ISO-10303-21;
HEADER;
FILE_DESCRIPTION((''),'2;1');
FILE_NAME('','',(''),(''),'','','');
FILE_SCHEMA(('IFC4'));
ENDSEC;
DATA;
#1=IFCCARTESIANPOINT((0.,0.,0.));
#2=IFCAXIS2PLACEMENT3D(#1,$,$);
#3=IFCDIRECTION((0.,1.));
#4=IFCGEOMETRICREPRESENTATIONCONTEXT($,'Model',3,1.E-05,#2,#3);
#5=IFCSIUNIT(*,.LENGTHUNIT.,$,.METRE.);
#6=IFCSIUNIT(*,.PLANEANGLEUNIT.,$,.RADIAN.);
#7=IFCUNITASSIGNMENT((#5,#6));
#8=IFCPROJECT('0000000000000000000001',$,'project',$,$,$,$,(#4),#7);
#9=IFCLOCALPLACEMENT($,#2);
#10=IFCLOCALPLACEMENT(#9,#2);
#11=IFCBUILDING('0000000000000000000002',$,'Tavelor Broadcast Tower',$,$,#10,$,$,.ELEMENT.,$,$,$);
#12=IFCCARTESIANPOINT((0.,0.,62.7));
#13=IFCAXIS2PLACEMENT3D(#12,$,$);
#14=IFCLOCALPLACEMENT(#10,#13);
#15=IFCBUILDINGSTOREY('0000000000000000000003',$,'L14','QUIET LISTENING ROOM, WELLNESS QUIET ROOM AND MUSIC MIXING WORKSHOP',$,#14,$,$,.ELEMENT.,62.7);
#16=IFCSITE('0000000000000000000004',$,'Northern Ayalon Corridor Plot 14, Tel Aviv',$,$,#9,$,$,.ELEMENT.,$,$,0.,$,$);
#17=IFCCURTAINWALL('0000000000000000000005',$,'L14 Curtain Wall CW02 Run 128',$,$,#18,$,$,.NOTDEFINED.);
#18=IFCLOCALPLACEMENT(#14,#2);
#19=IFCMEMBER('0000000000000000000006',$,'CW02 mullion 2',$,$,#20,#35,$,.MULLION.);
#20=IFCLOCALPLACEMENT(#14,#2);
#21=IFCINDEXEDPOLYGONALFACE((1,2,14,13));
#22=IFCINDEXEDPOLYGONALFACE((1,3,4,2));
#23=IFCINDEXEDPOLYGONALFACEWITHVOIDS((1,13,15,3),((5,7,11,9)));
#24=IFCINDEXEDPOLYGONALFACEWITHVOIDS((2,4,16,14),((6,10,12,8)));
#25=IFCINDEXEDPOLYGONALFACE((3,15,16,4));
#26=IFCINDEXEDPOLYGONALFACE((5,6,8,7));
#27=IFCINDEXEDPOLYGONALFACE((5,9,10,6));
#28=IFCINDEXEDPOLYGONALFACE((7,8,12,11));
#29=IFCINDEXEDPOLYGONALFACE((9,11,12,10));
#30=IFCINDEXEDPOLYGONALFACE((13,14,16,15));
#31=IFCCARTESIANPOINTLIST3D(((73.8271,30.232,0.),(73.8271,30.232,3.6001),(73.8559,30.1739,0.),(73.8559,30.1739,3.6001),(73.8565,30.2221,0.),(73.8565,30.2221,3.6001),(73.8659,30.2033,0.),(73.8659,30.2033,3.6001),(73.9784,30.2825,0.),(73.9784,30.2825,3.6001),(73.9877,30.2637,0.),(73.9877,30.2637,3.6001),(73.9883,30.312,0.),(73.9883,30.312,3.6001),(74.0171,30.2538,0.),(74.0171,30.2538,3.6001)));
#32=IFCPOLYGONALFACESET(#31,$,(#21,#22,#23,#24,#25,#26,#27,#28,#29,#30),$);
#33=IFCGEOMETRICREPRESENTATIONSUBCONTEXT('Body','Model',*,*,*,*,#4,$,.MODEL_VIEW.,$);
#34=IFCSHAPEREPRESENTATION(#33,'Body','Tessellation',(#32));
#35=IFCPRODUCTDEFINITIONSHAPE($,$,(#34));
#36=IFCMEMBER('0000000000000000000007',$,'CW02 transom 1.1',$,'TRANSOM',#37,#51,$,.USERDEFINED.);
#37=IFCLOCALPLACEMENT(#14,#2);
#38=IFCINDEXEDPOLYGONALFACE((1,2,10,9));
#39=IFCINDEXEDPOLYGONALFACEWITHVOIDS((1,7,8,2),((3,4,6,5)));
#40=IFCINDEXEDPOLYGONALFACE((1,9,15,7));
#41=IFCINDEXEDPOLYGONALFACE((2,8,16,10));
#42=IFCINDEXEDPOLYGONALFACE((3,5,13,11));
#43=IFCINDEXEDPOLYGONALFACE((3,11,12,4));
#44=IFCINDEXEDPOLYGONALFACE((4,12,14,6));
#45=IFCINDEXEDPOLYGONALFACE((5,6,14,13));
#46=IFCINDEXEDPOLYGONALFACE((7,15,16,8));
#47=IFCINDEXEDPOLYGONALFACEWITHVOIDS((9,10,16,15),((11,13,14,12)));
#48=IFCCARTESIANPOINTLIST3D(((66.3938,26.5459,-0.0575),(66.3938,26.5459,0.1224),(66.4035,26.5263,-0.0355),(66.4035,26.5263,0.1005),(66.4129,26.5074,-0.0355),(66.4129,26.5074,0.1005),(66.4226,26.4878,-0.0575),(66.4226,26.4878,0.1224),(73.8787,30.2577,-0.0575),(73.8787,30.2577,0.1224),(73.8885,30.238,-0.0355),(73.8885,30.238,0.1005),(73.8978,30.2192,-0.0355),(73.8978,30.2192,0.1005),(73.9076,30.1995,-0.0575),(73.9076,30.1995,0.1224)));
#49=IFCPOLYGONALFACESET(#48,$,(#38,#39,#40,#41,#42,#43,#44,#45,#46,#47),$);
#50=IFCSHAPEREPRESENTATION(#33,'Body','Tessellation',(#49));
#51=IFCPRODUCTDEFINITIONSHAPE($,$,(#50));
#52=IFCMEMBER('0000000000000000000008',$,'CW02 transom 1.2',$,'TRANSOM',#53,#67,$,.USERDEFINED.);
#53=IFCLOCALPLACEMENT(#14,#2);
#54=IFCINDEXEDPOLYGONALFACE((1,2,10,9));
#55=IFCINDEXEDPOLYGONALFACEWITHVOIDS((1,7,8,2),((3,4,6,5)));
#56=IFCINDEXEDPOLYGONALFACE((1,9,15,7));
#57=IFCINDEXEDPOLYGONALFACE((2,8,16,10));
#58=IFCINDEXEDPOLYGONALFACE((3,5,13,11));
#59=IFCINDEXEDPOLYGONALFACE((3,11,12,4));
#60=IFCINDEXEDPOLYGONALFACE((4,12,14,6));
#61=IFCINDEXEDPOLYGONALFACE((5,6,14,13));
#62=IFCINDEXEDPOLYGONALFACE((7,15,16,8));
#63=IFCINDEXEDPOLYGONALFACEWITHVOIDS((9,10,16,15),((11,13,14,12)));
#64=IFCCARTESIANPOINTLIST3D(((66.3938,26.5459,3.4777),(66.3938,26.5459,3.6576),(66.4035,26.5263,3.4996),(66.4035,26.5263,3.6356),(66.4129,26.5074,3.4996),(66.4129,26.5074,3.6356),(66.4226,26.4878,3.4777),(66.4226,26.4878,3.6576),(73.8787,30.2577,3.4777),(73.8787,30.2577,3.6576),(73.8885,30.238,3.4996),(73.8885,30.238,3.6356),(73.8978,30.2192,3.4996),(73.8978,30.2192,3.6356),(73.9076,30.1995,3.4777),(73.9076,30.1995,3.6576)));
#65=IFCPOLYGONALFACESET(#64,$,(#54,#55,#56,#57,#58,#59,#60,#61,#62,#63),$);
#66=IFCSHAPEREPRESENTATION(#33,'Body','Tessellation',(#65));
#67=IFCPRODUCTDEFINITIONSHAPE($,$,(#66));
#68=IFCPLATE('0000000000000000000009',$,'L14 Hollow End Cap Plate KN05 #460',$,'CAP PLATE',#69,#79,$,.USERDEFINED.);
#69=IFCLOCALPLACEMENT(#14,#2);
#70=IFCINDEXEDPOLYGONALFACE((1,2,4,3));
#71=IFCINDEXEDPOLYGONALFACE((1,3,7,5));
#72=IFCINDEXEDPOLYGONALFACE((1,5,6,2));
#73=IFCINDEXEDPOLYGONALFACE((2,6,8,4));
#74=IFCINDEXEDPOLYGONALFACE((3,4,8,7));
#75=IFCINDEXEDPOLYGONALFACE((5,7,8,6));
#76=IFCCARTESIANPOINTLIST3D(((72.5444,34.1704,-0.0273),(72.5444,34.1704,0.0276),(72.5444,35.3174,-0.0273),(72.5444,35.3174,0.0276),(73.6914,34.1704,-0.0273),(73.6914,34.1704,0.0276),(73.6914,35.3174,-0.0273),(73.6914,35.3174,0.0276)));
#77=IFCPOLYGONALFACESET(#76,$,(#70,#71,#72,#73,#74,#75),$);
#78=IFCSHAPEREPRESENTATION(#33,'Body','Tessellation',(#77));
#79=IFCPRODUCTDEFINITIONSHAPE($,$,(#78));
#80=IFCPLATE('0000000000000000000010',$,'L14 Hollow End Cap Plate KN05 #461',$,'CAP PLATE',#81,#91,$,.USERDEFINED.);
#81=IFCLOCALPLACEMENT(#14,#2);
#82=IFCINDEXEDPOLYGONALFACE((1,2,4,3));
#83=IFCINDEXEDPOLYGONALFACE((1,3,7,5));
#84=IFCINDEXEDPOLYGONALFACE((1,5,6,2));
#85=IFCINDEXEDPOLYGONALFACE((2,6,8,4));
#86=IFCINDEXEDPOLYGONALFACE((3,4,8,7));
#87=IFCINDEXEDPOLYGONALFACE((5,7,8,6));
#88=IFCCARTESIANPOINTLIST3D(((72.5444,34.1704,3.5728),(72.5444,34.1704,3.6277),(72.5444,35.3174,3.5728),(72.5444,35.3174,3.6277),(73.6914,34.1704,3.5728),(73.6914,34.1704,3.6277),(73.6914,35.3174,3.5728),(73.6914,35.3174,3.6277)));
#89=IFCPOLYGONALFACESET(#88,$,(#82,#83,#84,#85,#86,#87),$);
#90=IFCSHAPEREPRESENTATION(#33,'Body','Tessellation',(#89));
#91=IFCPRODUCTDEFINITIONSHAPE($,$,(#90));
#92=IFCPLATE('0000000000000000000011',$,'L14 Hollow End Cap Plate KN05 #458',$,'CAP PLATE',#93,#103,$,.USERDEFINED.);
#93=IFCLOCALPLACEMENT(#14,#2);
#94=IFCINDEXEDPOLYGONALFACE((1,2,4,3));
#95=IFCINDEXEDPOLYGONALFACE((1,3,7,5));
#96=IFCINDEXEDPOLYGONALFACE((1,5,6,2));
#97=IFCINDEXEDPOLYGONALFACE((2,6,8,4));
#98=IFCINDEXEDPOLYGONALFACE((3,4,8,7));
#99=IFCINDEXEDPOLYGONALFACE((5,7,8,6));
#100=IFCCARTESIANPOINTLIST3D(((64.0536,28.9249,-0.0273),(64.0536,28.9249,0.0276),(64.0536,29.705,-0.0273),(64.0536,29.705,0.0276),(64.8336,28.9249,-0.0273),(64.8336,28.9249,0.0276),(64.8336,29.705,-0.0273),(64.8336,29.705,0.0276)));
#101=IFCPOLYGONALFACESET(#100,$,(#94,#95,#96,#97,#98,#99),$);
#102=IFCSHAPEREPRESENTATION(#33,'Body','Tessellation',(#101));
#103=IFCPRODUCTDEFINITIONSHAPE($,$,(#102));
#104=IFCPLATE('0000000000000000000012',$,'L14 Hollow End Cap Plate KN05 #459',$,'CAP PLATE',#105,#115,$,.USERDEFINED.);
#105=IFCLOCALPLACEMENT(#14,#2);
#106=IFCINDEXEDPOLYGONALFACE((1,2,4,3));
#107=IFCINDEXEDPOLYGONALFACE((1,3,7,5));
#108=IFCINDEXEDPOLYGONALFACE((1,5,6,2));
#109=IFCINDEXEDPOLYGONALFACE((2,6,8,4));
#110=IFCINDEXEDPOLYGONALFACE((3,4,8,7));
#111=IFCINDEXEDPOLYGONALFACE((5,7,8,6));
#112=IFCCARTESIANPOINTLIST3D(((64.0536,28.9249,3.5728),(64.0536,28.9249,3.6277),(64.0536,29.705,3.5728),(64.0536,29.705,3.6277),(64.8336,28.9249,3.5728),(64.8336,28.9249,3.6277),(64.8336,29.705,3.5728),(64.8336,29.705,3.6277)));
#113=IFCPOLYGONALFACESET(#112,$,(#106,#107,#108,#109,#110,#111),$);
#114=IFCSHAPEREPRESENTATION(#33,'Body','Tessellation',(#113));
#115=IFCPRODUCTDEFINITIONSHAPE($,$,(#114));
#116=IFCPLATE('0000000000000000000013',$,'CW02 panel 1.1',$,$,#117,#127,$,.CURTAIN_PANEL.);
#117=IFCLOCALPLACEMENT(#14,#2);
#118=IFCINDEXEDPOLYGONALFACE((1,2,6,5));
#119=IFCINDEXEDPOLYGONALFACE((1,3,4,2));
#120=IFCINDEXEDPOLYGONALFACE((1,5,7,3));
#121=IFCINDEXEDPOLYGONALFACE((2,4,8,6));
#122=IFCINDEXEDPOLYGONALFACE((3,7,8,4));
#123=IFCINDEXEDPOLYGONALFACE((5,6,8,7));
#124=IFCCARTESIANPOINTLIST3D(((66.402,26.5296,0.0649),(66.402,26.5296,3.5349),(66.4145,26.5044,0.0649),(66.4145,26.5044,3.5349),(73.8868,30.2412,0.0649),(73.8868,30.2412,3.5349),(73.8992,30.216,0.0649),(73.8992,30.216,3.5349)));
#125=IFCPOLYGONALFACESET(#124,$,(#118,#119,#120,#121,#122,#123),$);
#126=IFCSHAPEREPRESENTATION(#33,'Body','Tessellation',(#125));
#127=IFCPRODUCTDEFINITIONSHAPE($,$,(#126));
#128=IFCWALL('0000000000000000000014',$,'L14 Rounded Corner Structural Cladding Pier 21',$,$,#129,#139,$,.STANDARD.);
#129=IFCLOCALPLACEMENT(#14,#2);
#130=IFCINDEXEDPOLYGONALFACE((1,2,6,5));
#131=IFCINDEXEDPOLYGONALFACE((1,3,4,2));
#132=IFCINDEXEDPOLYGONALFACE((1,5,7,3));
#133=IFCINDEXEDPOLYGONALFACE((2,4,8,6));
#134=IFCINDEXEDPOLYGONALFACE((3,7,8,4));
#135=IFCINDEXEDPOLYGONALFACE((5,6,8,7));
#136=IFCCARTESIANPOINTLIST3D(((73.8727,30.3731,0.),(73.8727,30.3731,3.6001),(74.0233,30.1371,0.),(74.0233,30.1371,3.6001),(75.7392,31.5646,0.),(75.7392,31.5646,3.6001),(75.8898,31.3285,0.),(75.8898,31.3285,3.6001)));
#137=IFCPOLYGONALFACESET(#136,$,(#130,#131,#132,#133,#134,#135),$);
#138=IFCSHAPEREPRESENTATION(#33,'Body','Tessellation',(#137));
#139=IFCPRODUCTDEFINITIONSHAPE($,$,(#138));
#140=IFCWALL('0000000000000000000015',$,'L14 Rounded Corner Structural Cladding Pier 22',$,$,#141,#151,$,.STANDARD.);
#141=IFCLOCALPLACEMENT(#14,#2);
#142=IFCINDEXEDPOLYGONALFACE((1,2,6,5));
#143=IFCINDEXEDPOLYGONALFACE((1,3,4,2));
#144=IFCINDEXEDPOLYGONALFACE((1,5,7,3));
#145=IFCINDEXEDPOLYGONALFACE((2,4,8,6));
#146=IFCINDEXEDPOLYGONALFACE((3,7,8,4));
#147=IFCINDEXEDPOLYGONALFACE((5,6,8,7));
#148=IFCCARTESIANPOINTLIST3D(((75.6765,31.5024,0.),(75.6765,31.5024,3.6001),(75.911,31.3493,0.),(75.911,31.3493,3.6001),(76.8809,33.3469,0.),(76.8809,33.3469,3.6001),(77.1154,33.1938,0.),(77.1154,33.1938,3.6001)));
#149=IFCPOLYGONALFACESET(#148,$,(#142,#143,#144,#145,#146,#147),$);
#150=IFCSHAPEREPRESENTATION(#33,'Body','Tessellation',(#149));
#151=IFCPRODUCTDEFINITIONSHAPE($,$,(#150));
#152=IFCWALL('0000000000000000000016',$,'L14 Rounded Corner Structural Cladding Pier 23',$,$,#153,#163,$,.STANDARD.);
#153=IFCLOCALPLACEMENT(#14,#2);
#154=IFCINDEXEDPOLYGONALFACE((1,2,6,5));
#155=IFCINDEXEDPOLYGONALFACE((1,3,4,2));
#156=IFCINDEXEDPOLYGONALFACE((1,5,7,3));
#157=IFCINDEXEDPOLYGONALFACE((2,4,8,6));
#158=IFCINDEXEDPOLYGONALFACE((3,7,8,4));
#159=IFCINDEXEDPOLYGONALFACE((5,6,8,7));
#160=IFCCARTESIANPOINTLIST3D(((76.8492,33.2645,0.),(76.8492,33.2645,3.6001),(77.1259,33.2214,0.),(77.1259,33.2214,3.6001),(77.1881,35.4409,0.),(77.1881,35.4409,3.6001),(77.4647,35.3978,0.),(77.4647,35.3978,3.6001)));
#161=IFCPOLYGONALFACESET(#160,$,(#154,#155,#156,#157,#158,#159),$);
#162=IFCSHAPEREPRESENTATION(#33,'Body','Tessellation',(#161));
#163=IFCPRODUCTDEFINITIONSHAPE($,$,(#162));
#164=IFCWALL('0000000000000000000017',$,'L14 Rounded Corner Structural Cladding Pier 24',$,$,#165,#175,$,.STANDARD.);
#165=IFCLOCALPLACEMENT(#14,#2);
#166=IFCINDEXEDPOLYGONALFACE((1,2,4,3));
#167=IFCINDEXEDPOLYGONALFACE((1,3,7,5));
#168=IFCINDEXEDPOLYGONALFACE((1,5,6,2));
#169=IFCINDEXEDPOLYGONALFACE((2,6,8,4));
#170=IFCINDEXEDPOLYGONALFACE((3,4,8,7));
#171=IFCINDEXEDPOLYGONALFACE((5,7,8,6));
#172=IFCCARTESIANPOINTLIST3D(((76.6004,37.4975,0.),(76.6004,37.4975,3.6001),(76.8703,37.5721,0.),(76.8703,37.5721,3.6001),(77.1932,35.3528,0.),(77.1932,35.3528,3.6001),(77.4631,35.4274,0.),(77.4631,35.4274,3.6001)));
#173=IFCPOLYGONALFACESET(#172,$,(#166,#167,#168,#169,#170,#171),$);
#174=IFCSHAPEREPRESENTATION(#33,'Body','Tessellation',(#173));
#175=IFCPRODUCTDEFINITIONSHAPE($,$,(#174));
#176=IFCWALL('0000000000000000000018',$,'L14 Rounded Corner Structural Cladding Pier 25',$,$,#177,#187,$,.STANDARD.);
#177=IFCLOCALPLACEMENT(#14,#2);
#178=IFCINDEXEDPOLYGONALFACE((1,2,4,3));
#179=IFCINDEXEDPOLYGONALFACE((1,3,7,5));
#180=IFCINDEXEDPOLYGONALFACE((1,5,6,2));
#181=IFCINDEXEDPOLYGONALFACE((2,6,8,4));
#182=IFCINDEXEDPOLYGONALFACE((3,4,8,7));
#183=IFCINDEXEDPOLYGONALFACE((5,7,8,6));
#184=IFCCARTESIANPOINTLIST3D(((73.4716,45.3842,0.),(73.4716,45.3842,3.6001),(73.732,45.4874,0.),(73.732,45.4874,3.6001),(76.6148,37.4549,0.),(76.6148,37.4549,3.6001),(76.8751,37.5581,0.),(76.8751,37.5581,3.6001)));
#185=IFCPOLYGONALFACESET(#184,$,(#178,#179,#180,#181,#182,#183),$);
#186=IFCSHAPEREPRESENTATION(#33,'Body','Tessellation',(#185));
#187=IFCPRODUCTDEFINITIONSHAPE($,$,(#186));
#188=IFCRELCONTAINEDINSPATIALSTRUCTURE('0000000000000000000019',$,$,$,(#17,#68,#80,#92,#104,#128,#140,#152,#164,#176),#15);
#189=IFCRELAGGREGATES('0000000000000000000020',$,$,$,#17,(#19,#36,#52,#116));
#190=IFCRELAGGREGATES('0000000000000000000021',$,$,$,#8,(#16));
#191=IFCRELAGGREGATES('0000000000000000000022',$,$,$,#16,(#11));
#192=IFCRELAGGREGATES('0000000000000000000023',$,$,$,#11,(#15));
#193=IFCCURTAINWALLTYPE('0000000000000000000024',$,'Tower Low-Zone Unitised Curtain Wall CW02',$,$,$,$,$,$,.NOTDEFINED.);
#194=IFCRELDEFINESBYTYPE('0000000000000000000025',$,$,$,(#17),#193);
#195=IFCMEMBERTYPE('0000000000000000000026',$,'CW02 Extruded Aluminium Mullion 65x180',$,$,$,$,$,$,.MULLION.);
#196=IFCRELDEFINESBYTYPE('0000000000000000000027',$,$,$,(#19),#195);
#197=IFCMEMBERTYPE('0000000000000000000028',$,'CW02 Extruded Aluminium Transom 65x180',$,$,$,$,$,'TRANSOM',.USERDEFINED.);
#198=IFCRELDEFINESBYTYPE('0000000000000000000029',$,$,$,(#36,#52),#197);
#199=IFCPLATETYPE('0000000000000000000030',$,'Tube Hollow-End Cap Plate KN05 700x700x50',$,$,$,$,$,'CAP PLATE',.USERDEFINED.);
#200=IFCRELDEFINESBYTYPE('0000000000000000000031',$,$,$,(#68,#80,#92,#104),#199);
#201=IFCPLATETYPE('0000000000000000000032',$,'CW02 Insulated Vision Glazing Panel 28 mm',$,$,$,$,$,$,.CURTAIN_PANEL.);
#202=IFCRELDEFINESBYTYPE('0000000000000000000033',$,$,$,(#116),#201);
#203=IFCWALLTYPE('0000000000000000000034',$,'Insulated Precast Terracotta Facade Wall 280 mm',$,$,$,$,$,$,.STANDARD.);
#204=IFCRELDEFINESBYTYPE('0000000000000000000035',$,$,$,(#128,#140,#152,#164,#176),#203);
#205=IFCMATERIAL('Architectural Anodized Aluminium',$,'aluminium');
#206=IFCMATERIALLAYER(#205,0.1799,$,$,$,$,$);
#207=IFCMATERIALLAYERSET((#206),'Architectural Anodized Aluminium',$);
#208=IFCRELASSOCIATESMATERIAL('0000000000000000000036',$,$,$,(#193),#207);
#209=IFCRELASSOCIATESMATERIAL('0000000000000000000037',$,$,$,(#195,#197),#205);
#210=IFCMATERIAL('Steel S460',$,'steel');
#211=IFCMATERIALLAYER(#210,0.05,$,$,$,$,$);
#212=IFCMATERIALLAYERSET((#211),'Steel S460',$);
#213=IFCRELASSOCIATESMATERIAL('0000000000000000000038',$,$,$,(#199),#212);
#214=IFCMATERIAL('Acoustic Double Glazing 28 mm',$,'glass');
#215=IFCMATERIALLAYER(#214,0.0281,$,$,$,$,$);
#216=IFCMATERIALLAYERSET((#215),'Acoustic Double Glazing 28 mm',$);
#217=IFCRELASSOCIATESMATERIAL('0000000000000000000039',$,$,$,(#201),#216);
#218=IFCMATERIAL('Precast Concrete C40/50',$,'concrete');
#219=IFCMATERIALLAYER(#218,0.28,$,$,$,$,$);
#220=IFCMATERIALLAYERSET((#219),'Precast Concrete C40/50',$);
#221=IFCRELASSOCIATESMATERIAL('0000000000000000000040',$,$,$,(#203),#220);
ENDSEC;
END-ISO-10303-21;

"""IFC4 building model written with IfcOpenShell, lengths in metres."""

from ifc_helpers import new_model, si_unit, direction, frame, frame_2d, origin, origin_2d, place, context, subcontext, project, spatial, rectangle, hollow_rectangle, extrude, source, transform, mapped, material, layer, layer_set, material_profile, profile_set, type_object, type_shapes, element, aggregate, save


model = new_model("IFC4")

# Units and contexts
model_context = context("Model", 3, precision=1e-05, world=origin(), true_north=direction((0.0, 1.0)))
body_context = subcontext(model_context, "Body", "Model", "MODEL_VIEW")
ifc_project = project(units=[si_unit("LENGTHUNIT", "METRE"), si_unit("PLANEANGLEUNIT", "RADIAN")], contexts=[model_context])

# Site, building, storey
site_placement = place(None, origin())
site = spatial("IfcSite", under=ifc_project, at=site_placement, Name="Northern Ayalon Corridor Plot 14, Tel Aviv", CompositionType="ELEMENT", RefElevation=0.0)
building_placement = place(site_placement, origin())
building = spatial("IfcBuilding", under=site, at=building_placement, Name="Tavelor Broadcast Tower", CompositionType="ELEMENT")
storey_placement = place(building_placement, frame((0.0, 0.0, 62.7)))
storey = spatial("IfcBuildingStorey", under=building, at=storey_placement, Name="L14", Description="QUIET LISTENING ROOM, WELLNESS QUIET ROOM AND MUSIC MIXING WORKSHOP", CompositionType="ELEMENT", Elevation=62.7)

# Shared definitions
ifc_material_1 = material(Name="Steel S460", Category="steel")

# Shared definitions
ifc_material_2 = material(Name="Architectural Anodized Aluminium", Category="aluminium")
ifc_layer_1 = layer(ifc_material_2, 0.1799)
ifc_layer_set_1 = layer_set([ifc_layer_1], Name="Architectural Anodized Aluminium")
curtain_wall_type = type_object("IfcCurtainWallType", Name="Tower Low-Zone Unitised Curtain Wall CW02", PredefinedType="NOTDEFINED", material=ifc_layer_set_1)
ifc_material_profile_1 = material_profile(ifc_material_2, hollow_rectangle(XDim=0.0649, YDim=0.1799, WallThickness=0.022, at=origin_2d()), Name="RHS 65x180x22")
ifc_profile_set_1 = profile_set([ifc_material_profile_1], Name="Architectural Anodized Aluminium")
member_type_1 = type_object("IfcMemberType", Name="CW02 Extruded Aluminium Mullion 65x180", PredefinedType="MULLION", material=ifc_profile_set_1)
shared_shape_1 = source(origin(), body_context, "Body", "SweptSolid", [
    extrude(hollow_rectangle(XDim=0.0649, YDim=0.1799, WallThickness=0.022, at=origin_2d()), origin(), (0.0, 0.0, 1.0), 3.6001),
])
type_shapes(member_type_1, [shared_shape_1])

# Curtain wall, members
curtain_wall_1_placement = place(storey_placement, origin())
curtain_wall_1 = element("IfcCurtainWall", 1, at=curtain_wall_1_placement, inside=storey, type_object=curtain_wall_type, Name="L14 Curtain Wall CW02 Run 128", PredefinedType="NOTDEFINED")
member_1_placement = place(storey_placement, frame((73.9221, 30.2429, 0.0), z_axis=(0.0, 0.0, 1.0), x_axis=(-0.444269, 0.895893, 0.0)))
member_1 = element("IfcMember", 2, at=member_1_placement, type_object=member_type_1, Name="CW02 mullion 2", PredefinedType="MULLION", context=body_context, shape_type="MappedRepresentation", body=[
    mapped(shared_shape_1, transform((0.0, 0.0, 0.0), scale=1.0)),
])
ifc_material_profile_2 = material_profile(ifc_material_2, hollow_rectangle(XDim=0.0649, YDim=0.1799, WallThickness=0.022, at=origin_2d()), Name="RHS 65x180x22")
ifc_profile_set_2 = profile_set([ifc_material_profile_2], Name="Architectural Anodized Aluminium")
member_type_2 = type_object("IfcMemberType", Name="CW02 Extruded Aluminium Transom 65x180", ElementType="TRANSOM", PredefinedType="USERDEFINED", material=ifc_profile_set_2)
shared_shape_2 = source(origin(), body_context, "Body", "SweptSolid", [
    extrude(hollow_rectangle(XDim=0.0649, YDim=0.1799, WallThickness=0.022, at=origin_2d()), origin(), (0.0, 0.0, 1.0), 8.3547),
])
type_shapes(member_type_2, [shared_shape_2])
member_2_placement = place(storey_placement, frame((66.4082, 26.5168, 0.0325), z_axis=(0.895895, 0.444266, 0.0), x_axis=(-0.444266, 0.895895, 0.0)))
member_2 = element("IfcMember", 3, at=member_2_placement, type_object=member_type_2, Name="CW02 transom 1.1", ObjectType="TRANSOM", PredefinedType="USERDEFINED", context=body_context, shape_type="MappedRepresentation", body=[
    mapped(shared_shape_2, transform((0.0, 0.0, 0.0), scale=1.0)),
])
member_3_placement = place(storey_placement, frame((66.4082, 26.5168, 3.5676), z_axis=(0.895895, 0.444266, 0.0), x_axis=(-0.444266, 0.895895, 0.0)))
member_3 = element("IfcMember", 4, at=member_3_placement, type_object=member_type_2, Name="CW02 transom 1.2", ObjectType="TRANSOM", PredefinedType="USERDEFINED", context=body_context, shape_type="MappedRepresentation", body=[
    mapped(shared_shape_2, transform((0.0, 0.0, 0.0), scale=1.0)),
])

# Plates
ifc_layer_2 = layer(ifc_material_1, 0.05)
ifc_layer_set_2 = layer_set([ifc_layer_2], Name="Steel S460")
plate_type_1 = type_object("IfcPlateType", Name="Tube Hollow-End Cap Plate KN05 700x700x50", ElementType="CAP PLATE", PredefinedType="USERDEFINED", material=ifc_layer_set_2)
shared_shape_3 = source(origin(), body_context, "Body", "SweptSolid", [
    extrude(rectangle(XDim=1.147, YDim=1.147, at=origin_2d()), origin(), (0.0, 0.0, 1.0), 0.0549),
])
for number, where, z_axis, x_axis, name in (
    (5, (73.1179, 34.7439, -0.0273), (0.0, 0.0, 1.0), (1.0, 0.0, 0.0), "L14 Hollow End Cap Plate KN05 #460"),
    (6, (73.1179, 34.7439, 3.5728), (0.0, 0.0, 1.0), (1.0, 0.0, 0.0), "L14 Hollow End Cap Plate KN05 #461"),
):
    element("IfcPlate", number, at=place(storey_placement, frame(where, z_axis=z_axis, x_axis=x_axis)), inside=storey, type_object=plate_type_1, Name=name, ObjectType="CAP PLATE", PredefinedType="USERDEFINED", context=body_context, shape_type="MappedRepresentation", body=[
        mapped(shared_shape_3, transform((0.0, 0.0, 0.0), scale=1.0)),
    ])
shared_shape_4 = source(origin(), body_context, "Body", "SweptSolid", [
    extrude(rectangle(XDim=0.78, YDim=0.78, at=origin_2d()), origin(), (0.0, 0.0, 1.0), 0.0549),
])
type_shapes(plate_type_1, [shared_shape_3, shared_shape_4])
for number, where, z_axis, x_axis, name in (
    (7, (64.4436, 29.3149, -0.0273), (0.0, 0.0, 1.0), (1.0, 0.0, 0.0), "L14 Hollow End Cap Plate KN05 #458"),
    (8, (64.4436, 29.3149, 3.5728), (0.0, 0.0, 1.0), (1.0, 0.0, 0.0), "L14 Hollow End Cap Plate KN05 #459"),
):
    element("IfcPlate", number, at=place(storey_placement, frame(where, z_axis=z_axis, x_axis=x_axis)), inside=storey, type_object=plate_type_1, Name=name, ObjectType="CAP PLATE", PredefinedType="USERDEFINED", context=body_context, shape_type="MappedRepresentation", body=[
        mapped(shared_shape_4, transform((0.0, 0.0, 0.0), scale=1.0)),
    ])

# Plate
ifc_material_3 = material(Name="Acoustic Double Glazing 28 mm", Category="glass")
ifc_layer_3 = layer(ifc_material_3, 0.0281)
ifc_layer_set_3 = layer_set([ifc_layer_3], Name="Acoustic Double Glazing 28 mm")
plate_type_2 = type_object("IfcPlateType", Name="CW02 Insulated Vision Glazing Panel 28 mm", PredefinedType="CURTAIN_PANEL", material=ifc_layer_set_3)
shared_shape_5 = source(origin(), body_context, "Body", "SweptSolid", [
    extrude(rectangle(XDim=8.3545, YDim=0.0281, at=origin_2d()), origin(), (0.0, 0.0, 1.0), 3.47),
])
type_shapes(plate_type_2, [shared_shape_5])
plate_placement = place(storey_placement, frame((70.1506, 28.3728, 0.0649), z_axis=(0.0, 0.0, 1.0), x_axis=(0.895893, 0.444269, 0.0)))
plate = element("IfcPlate", 9, at=plate_placement, type_object=plate_type_2, Name="CW02 panel 1.1", PredefinedType="CURTAIN_PANEL", context=body_context, shape_type="MappedRepresentation", body=[
    mapped(shared_shape_5, transform((0.0, 0.0, 0.0), scale=1.0)),
])
aggregate(curtain_wall_1, [member_1, member_2, member_3, plate])

# Walls
ifc_material_4 = material(Name="Precast Concrete C40/50", Category="concrete")
ifc_layer_4 = layer(ifc_material_4, 0.28)
ifc_layer_set_4 = layer_set([ifc_layer_4], Name="Precast Concrete C40/50")
wall_type_1 = type_object("IfcWallType", Name="Insulated Precast Terracotta Facade Wall 280 mm", PredefinedType="STANDARD", material=ifc_layer_set_4)
wall_1_placement = place(storey_placement, frame((73.948, 30.2551, 0.0), z_axis=(0.0, 0.0, 1.0), x_axis=(0.842912, 0.538052, 0.0)))
element("IfcWall", 10, at=wall_1_placement, inside=storey, type_object=wall_type_1, Name="L14 Rounded Corner Structural Cladding Pier 21", PredefinedType="STANDARD", context=body_context, shape_type="SweptSolid", body=[
    extrude(rectangle(XDim=2.2144, YDim=0.28, at=frame_2d((1.1072, 0.0))), origin(), (0.0, 0.0, 1.0), 3.6001),
])
wall_2_placement = place(storey_placement, frame((75.7937, 31.4258, 0.0), z_axis=(0.0, 0.0, 1.0), x_axis=(0.546721, 0.837315, 0.0)))
element("IfcWall", 11, at=wall_2_placement, inside=storey, type_object=wall_type_1, Name="L14 Rounded Corner Structural Cladding Pier 22", PredefinedType="STANDARD", context=body_context, shape_type="SweptSolid", body=[
    extrude(rectangle(XDim=2.2029, YDim=0.28, at=frame_2d((1.1016, 0.0))), origin(), (0.0, 0.0, 1.0), 3.6001),
])
wall_3_placement = place(storey_placement, frame((76.9875, 33.2429, 0.0), z_axis=(0.0, 0.0, 1.0), x_axis=(0.153839, 0.988096, 0.0)))
element("IfcWall", 12, at=wall_3_placement, inside=storey, type_object=wall_type_1, Name="L14 Rounded Corner Structural Cladding Pier 23", PredefinedType="STANDARD", context=body_context, shape_type="SweptSolid", body=[
    extrude(rectangle(XDim=2.2026, YDim=0.28, at=frame_2d((1.1013, 0.0))), origin(), (0.0, 0.0, 1.0), 3.6001),
])
wall_4_placement = place(storey_placement, frame((77.3281, 35.3901, 0.0), z_axis=(0.0, 0.0, 1.0), x_axis=(-0.266393, 0.963864, 0.0)))
element("IfcWall", 13, at=wall_4_placement, inside=storey, type_object=wall_type_1, Name="L14 Rounded Corner Structural Cladding Pier 24", PredefinedType="STANDARD", context=body_context, shape_type="SweptSolid", body=[
    extrude(rectangle(XDim=2.2251, YDim=0.28, at=frame_2d((1.1125, 0.0))), origin(), (0.0, 0.0, 1.0), 3.6001),
])
wall_5_placement = place(storey_placement, frame((76.7449, 37.5066, 0.0), z_axis=(0.0, 0.0, 1.0), x_axis=(-0.368497, 0.929629, 0.0)))
element("IfcWall", 14, at=wall_5_placement, inside=storey, type_object=wall_type_1, Name="L14 Rounded Corner Structural Cladding Pier 25", PredefinedType="STANDARD", context=body_context, shape_type="SweptSolid", body=[
    extrude(rectangle(XDim=8.5295, YDim=0.28, at=frame_2d((4.2646, 0.0))), origin(), (0.0, 0.0, 1.0), 3.6001),
])

save(model, "model.ifc")
